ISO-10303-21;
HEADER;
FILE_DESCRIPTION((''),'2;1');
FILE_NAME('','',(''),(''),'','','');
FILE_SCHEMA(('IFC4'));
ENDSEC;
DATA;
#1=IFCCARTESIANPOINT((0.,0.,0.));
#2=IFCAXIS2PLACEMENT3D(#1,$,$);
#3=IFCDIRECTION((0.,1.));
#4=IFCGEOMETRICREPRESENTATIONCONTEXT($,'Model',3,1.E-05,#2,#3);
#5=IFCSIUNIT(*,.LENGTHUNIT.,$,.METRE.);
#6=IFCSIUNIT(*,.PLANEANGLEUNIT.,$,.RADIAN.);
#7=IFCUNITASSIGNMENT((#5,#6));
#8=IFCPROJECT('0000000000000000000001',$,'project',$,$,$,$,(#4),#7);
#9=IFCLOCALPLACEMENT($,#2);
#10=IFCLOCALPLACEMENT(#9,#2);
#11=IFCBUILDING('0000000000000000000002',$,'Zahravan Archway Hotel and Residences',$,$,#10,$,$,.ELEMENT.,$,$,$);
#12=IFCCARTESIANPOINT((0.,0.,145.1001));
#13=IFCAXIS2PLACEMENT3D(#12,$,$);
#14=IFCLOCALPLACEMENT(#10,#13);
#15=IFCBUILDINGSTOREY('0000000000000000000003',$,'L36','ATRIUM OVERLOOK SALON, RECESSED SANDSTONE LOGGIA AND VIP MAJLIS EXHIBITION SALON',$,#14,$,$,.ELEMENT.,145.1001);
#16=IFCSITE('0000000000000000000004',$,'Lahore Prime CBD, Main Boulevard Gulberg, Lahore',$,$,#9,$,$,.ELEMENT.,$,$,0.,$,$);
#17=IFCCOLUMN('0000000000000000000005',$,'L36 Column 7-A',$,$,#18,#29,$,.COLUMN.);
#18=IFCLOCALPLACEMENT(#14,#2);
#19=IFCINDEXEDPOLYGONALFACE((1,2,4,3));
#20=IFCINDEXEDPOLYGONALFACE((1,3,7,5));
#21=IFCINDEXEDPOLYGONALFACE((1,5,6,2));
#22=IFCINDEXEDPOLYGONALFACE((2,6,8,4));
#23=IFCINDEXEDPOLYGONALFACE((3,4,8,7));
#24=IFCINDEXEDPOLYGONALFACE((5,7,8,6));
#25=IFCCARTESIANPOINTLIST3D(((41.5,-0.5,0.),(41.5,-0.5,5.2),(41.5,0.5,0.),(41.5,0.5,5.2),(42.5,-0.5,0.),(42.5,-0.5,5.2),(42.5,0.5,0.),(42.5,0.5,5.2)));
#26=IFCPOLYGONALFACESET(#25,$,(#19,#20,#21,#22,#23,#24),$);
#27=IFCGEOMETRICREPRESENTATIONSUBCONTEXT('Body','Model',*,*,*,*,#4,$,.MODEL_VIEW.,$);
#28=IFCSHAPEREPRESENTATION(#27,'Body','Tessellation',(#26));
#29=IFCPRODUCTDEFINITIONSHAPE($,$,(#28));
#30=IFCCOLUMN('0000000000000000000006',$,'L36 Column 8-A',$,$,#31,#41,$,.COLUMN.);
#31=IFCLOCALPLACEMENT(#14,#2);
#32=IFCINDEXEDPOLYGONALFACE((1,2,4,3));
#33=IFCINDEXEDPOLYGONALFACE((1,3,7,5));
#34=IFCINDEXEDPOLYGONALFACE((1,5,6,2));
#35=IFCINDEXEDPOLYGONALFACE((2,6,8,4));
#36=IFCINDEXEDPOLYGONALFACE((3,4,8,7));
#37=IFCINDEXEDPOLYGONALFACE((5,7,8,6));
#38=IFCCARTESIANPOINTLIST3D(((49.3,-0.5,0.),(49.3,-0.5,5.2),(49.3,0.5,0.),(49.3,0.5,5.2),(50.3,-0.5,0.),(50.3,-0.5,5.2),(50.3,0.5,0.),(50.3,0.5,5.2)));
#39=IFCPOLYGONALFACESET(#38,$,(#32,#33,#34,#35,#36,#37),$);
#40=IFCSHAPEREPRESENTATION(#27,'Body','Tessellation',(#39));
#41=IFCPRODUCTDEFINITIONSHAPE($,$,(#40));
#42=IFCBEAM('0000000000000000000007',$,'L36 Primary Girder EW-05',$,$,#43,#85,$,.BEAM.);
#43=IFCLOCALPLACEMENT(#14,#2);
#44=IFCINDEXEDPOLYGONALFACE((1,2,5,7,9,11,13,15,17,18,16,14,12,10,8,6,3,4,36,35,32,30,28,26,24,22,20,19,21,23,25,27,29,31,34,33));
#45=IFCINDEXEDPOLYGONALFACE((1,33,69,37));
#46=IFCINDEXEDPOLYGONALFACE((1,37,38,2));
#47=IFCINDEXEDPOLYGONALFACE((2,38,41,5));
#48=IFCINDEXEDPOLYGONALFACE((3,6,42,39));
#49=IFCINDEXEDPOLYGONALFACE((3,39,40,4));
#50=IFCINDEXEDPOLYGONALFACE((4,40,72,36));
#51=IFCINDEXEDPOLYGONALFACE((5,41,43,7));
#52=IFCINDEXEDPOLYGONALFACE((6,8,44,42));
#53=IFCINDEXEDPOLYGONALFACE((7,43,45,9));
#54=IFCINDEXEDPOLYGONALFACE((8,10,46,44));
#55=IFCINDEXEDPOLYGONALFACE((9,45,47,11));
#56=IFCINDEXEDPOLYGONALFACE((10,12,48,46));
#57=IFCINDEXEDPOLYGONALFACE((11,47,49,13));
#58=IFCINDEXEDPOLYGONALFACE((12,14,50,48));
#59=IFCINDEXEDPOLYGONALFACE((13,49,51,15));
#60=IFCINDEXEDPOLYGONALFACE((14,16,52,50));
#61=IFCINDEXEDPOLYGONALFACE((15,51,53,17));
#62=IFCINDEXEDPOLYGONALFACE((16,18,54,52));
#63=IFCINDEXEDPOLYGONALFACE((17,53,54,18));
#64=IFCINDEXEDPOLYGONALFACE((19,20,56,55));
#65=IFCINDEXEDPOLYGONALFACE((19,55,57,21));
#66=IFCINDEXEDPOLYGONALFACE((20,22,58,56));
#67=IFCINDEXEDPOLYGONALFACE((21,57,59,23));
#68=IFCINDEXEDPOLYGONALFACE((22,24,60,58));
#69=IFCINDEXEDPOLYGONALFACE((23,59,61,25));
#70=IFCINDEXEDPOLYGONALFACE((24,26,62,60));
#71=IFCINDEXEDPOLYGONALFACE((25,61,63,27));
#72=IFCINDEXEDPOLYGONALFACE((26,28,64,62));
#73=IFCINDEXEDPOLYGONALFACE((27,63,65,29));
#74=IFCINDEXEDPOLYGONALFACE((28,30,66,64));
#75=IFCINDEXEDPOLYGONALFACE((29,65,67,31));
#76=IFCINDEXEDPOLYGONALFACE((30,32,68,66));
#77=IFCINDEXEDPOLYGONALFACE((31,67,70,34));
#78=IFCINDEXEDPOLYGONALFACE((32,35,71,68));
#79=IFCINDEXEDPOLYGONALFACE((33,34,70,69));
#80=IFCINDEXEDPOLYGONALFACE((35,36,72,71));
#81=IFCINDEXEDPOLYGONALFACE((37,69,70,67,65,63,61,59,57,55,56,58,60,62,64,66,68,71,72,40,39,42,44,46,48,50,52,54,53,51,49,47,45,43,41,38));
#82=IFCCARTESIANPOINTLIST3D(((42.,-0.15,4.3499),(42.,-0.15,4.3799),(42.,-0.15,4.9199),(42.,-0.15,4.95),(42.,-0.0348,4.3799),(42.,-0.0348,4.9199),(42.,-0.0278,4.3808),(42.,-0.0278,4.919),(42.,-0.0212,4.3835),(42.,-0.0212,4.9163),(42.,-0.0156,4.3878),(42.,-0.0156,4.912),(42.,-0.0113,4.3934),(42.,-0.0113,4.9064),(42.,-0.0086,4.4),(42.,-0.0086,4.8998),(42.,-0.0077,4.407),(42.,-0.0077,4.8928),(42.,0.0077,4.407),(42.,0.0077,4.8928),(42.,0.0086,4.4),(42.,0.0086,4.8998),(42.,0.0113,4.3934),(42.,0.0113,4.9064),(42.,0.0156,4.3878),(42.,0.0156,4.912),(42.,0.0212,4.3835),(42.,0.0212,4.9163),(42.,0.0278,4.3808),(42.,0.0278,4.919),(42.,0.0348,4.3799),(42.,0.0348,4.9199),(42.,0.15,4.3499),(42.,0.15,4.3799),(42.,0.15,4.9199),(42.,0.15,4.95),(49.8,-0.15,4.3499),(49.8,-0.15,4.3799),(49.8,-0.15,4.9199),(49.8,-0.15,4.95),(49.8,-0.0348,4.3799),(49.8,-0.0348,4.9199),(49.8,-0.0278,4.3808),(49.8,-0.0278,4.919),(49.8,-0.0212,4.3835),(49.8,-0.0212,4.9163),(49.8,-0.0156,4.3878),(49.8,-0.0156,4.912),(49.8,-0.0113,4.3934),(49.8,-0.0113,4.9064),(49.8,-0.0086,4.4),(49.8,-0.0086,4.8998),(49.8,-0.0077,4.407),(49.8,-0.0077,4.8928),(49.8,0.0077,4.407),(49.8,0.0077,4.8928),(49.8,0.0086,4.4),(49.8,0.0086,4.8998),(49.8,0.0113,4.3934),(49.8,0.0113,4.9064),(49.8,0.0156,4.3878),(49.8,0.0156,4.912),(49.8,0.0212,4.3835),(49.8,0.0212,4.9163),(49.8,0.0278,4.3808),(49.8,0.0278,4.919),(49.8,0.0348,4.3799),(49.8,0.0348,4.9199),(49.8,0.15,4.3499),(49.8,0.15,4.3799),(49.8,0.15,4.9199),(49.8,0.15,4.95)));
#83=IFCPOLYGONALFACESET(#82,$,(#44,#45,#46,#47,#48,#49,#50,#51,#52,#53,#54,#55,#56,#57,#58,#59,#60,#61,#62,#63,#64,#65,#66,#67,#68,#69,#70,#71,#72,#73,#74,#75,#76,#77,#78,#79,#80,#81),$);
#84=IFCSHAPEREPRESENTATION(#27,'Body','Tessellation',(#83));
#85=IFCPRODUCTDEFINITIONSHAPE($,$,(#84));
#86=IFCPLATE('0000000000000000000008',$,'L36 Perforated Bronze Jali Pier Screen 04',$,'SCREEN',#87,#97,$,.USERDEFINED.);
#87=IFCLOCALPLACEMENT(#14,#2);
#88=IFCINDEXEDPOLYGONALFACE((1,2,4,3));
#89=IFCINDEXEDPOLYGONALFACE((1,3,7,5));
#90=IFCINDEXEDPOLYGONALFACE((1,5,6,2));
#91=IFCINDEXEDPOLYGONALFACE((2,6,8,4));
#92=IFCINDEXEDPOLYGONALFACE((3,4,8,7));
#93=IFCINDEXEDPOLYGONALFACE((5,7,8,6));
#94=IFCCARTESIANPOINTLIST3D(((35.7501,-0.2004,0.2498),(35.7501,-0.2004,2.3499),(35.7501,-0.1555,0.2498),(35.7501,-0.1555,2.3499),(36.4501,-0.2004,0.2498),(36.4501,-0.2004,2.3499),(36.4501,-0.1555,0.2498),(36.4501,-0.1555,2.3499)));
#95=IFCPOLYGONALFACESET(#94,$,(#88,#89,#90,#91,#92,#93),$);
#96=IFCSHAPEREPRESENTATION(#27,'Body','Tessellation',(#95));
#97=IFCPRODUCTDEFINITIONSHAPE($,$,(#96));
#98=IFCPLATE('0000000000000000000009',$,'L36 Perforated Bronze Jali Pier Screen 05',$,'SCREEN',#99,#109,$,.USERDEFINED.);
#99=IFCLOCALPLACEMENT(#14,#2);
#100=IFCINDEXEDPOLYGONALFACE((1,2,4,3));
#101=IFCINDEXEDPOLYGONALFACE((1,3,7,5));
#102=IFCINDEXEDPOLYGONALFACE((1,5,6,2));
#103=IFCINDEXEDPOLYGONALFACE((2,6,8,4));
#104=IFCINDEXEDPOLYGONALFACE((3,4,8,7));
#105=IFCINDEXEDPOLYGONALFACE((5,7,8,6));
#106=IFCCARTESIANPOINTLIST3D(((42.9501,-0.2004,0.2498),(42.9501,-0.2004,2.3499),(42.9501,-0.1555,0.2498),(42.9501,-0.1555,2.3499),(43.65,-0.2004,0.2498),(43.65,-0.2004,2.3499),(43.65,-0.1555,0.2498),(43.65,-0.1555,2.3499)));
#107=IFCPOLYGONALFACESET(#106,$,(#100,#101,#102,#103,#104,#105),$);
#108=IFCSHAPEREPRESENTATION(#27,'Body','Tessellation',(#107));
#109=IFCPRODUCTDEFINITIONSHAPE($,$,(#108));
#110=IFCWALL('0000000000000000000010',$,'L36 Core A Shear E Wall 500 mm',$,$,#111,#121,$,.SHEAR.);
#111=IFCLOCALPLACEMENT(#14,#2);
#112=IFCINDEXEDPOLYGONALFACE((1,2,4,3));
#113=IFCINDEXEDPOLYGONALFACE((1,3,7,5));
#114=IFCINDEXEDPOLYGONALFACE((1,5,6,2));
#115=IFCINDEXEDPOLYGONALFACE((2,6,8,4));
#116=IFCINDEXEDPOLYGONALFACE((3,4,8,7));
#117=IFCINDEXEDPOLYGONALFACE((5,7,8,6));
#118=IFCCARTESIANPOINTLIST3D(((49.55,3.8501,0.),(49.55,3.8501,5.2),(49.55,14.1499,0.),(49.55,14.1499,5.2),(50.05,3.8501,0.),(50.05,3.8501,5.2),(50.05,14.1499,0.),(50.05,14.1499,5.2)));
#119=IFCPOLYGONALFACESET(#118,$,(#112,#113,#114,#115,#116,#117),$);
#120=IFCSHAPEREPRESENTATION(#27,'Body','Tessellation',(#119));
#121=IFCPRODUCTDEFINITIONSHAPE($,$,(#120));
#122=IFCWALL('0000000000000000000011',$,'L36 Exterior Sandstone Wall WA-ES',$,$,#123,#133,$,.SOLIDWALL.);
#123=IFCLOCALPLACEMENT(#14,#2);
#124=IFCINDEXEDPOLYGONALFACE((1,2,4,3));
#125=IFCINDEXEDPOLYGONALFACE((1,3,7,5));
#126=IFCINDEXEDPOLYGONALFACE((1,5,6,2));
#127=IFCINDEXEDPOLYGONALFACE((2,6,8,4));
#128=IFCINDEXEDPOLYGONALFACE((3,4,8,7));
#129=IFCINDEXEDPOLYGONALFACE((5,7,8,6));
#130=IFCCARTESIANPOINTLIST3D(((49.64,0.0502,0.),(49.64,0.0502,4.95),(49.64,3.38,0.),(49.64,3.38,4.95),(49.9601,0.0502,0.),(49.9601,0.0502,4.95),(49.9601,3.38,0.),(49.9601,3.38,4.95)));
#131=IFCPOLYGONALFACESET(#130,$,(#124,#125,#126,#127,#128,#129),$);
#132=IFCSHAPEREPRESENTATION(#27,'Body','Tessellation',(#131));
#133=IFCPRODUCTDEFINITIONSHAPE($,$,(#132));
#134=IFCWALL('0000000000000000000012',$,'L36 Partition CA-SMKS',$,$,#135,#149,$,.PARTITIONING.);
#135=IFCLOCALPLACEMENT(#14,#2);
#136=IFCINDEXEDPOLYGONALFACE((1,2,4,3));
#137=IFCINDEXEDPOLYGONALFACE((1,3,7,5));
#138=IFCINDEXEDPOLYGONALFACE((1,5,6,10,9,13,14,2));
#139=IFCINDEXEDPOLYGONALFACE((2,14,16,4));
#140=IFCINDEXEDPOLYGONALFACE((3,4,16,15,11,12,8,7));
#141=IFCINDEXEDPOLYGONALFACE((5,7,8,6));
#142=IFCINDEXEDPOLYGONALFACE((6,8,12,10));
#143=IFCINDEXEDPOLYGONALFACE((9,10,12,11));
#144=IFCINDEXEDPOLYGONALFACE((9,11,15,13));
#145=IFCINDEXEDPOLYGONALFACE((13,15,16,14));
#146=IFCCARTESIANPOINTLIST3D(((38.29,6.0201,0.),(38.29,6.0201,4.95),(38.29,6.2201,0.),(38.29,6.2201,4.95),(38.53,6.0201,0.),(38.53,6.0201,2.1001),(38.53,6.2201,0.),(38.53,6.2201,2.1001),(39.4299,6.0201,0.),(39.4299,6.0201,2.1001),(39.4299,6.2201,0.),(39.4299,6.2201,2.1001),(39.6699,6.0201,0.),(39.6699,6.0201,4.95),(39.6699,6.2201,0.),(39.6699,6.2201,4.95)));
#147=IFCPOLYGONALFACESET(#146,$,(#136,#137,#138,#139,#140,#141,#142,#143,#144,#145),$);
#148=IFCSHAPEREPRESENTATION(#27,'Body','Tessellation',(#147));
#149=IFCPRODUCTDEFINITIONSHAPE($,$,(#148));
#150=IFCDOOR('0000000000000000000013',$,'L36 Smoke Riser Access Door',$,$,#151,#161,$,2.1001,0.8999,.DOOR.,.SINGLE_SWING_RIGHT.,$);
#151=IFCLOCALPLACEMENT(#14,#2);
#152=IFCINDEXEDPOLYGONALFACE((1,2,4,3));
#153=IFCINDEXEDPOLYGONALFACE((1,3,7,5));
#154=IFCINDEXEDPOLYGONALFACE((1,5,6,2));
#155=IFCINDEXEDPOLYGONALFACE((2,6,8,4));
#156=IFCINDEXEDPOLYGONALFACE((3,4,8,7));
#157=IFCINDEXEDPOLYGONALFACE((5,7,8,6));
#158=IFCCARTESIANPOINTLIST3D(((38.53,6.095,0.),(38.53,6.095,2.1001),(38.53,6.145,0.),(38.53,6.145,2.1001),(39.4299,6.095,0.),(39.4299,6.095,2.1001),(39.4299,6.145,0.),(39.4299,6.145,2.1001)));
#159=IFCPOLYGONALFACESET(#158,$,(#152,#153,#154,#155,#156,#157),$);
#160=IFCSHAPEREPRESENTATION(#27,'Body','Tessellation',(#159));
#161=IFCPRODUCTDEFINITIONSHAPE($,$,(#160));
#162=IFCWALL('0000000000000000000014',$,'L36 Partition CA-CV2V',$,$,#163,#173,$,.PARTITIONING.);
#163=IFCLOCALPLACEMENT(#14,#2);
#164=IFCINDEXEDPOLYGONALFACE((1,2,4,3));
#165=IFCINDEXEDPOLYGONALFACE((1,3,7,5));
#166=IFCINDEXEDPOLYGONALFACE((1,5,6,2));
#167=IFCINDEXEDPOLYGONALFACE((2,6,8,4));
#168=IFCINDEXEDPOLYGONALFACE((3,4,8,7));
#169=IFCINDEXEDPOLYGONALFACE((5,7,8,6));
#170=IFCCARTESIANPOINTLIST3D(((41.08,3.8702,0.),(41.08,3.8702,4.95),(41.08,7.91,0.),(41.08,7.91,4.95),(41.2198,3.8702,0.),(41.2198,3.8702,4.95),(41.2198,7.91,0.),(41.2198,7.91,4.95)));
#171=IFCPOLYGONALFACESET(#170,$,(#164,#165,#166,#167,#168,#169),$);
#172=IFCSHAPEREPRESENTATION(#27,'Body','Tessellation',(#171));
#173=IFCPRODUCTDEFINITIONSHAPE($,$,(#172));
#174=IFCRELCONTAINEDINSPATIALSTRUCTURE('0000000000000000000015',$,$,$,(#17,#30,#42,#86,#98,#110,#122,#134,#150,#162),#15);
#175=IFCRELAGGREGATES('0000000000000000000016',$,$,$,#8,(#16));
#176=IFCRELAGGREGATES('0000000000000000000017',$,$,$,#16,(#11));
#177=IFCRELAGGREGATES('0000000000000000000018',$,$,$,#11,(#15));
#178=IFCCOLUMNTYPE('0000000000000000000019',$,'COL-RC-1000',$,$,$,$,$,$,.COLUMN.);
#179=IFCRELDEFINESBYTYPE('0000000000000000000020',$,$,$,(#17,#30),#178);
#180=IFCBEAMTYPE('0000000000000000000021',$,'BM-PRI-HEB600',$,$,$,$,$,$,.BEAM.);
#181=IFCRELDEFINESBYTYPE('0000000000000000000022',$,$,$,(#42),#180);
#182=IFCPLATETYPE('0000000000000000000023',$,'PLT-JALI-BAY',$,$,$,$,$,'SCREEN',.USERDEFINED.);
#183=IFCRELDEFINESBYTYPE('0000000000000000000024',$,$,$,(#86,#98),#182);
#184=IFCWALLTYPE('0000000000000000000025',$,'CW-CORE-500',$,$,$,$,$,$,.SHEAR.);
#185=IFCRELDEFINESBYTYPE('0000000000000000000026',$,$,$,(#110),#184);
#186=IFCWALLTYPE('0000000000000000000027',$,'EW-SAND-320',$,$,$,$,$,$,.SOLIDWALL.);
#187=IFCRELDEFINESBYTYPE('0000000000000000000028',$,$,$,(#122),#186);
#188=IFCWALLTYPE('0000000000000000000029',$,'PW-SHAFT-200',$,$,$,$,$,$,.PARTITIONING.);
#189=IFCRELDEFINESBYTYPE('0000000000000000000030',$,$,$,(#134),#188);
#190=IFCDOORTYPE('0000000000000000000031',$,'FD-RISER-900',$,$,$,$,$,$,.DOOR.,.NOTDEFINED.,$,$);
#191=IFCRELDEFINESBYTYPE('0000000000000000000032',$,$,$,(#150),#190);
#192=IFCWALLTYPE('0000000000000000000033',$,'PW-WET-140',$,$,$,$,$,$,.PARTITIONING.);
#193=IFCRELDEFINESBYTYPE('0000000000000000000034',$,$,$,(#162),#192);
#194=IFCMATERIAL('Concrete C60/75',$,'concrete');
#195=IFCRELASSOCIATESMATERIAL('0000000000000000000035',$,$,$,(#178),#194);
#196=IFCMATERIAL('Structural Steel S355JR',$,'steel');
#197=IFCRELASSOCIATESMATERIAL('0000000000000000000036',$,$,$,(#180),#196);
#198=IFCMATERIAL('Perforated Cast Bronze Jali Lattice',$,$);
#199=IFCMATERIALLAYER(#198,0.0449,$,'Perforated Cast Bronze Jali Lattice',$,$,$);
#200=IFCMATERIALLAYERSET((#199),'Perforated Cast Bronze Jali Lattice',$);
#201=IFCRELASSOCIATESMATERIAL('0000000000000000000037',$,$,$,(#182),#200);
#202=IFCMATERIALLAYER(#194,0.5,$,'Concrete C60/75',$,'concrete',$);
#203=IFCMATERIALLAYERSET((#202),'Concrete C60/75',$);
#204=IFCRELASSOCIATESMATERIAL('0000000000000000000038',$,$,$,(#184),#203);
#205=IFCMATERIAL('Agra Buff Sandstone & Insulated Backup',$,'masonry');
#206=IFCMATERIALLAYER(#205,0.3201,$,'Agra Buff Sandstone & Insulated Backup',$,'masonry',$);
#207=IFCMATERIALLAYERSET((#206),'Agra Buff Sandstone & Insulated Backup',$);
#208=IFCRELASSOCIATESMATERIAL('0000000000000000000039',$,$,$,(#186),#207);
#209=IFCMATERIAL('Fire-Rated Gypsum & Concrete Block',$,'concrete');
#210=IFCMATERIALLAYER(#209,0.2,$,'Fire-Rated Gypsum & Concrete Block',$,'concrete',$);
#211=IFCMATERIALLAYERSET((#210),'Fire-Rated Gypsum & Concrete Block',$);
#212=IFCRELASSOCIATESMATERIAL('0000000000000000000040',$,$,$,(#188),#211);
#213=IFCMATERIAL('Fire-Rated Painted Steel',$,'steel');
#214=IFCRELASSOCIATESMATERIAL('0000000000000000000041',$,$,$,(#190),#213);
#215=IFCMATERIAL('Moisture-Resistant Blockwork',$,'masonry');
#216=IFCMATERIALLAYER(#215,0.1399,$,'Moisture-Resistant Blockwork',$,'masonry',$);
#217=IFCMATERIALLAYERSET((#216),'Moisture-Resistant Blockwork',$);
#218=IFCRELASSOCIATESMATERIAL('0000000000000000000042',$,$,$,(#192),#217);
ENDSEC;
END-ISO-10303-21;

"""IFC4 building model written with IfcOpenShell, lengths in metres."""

from ifc_helpers import new_model, si_unit, direction, frame, frame_2d, origin, origin_2d, place, context, subcontext, project, spatial, rectangle, i_section, extrude, source, transform, mapped, material, layer, layer_set, material_profile, profile_set, type_object, type_shapes, element, fill, save


model = new_model("IFC4")

# Units and contexts
model_context = context("Model", 3, precision=1e-05, world=origin(), true_north=direction((0.0, 1.0)))
body_context = subcontext(model_context, "Body", "Model", "MODEL_VIEW")
ifc_project = project(units=[si_unit("LENGTHUNIT", "METRE"), si_unit("PLANEANGLEUNIT", "RADIAN")], contexts=[model_context])

# Site, building, storey
site_placement = place(None, origin())
site = spatial("IfcSite", under=ifc_project, at=site_placement, Name="Lahore Prime CBD, Main Boulevard Gulberg, Lahore", CompositionType="ELEMENT", RefElevation=0.0)
building_placement = place(site_placement, origin())
building = spatial("IfcBuilding", under=site, at=building_placement, Name="Zahravan Archway Hotel and Residences", CompositionType="ELEMENT")
storey_placement = place(building_placement, frame((0.0, 0.0, 145.1001)))
storey = spatial("IfcBuildingStorey", under=building, at=storey_placement, Name="L36", Description="ATRIUM OVERLOOK SALON, RECESSED SANDSTONE LOGGIA AND VIP MAJLIS EXHIBITION SALON", CompositionType="ELEMENT", Elevation=145.1001)

# Columns
ifc_material_1 = material(Name="Concrete C60/75", Category="concrete")
ifc_material_profile_1 = material_profile(ifc_material_1, rectangle(XDim=1.0, YDim=1.0, at=origin_2d()), Name="RC-COL-1000x1000", Category="concrete")
ifc_profile_set_1 = profile_set([ifc_material_profile_1], Name="Concrete C60/75")
column_type = type_object("IfcColumnType", Name="COL-RC-1000", PredefinedType="COLUMN", material=ifc_profile_set_1)
shared_shape_1 = source(origin(), body_context, "Body", "SweptSolid", [
    extrude(rectangle(XDim=1.0, YDim=1.0, at=origin_2d()), origin(), (0.0, 0.0, 1.0), 5.2),
])
for number, where, z_axis, x_axis, name in (
    (1, (42.0, 0.0, 0.0), (0.0, 0.0, 1.0), (1.0, 0.0, 0.0), "L36 Column 7-A"),
    (2, (49.8, 0.0, 0.0), (0.0, 0.0, 1.0), (1.0, 0.0, 0.0), "L36 Column 8-A"),
):
    element("IfcColumn", number, at=place(storey_placement, frame(where, z_axis=z_axis, x_axis=x_axis)), inside=storey, type_object=column_type, Name=name, PredefinedType="COLUMN", context=body_context, shape_type="MappedRepresentation", body=[
        mapped(shared_shape_1, transform((0.0, 0.0, 0.0), scale=1.0)),
    ])

# Beam
ifc_material_2 = material(Name="Structural Steel S355JR", Category="steel")
ifc_material_profile_2 = material_profile(ifc_material_2, i_section(OverallWidth=0.3, OverallDepth=0.6001, WebThickness=0.0154, FlangeThickness=0.03, FilletRadius=0.0271, at=origin_2d()), Name="HEB 600", Category="steel")
ifc_profile_set_2 = profile_set([ifc_material_profile_2], Name="Structural Steel S355JR")
beam_type = type_object("IfcBeamType", Name="BM-PRI-HEB600", PredefinedType="BEAM", material=ifc_profile_set_2)
shared_shape_2 = source(origin(), body_context, "Body", "SweptSolid", [
    extrude(i_section(OverallWidth=0.3, OverallDepth=0.6001, WebThickness=0.0154, FlangeThickness=0.03, FilletRadius=0.0271, at=origin_2d()), origin(), (0.0, 0.0, 1.0), 7.8),
])
beam_placement = place(storey_placement, frame((42.0, 0.0, 4.6499), z_axis=(1.0, 0.0, 0.0), x_axis=(0.0, 1.0, 0.0)))
element("IfcBeam", 3, at=beam_placement, inside=storey, type_object=beam_type, Name="L36 Primary Girder EW-05", PredefinedType="BEAM", context=body_context, shape_type="MappedRepresentation", body=[
    mapped(shared_shape_2, transform((0.0, 0.0, 0.0), scale=1.0)),
])

# Plates
ifc_material_3 = material(Name="Perforated Cast Bronze Jali Lattice")
ifc_layer_1 = layer(ifc_material_3, 0.0449, Name="Perforated Cast Bronze Jali Lattice")
ifc_layer_set_1 = layer_set([ifc_layer_1], Name="Perforated Cast Bronze Jali Lattice")
plate_type = type_object("IfcPlateType", Name="PLT-JALI-BAY", ElementType="SCREEN", PredefinedType="USERDEFINED", material=ifc_layer_set_1)
shared_shape_3 = source(origin(), body_context, "Body", "SweptSolid", [
    extrude(rectangle(XDim=0.7, YDim=0.0449, at=origin_2d()), origin(), (0.0, 0.0, 1.0), 2.1001),
])
type_shapes(plate_type, [shared_shape_3])
for number, where, z_axis, x_axis, name in (
    (4, (36.1001, -0.178, 0.2498), (0.0, 0.0, 1.0), (1.0, 0.0, 0.0), "L36 Perforated Bronze Jali Pier Screen 04"),
    (5, (43.3, -0.178, 0.2498), (0.0, 0.0, 1.0), (1.0, 0.0, 0.0), "L36 Perforated Bronze Jali Pier Screen 05"),
):
    element("IfcPlate", number, at=place(storey_placement, frame(where, z_axis=z_axis, x_axis=x_axis)), inside=storey, type_object=plate_type, Name=name, ObjectType="SCREEN", PredefinedType="USERDEFINED", context=body_context, shape_type="MappedRepresentation", body=[
        mapped(shared_shape_3, transform((0.0, 0.0, 0.0), scale=1.0)),
    ])

# Walls
ifc_layer_2 = layer(ifc_material_1, 0.5, Name="Concrete C60/75", Category="concrete")
ifc_layer_set_2 = layer_set([ifc_layer_2], Name="Concrete C60/75")
wall_type_1 = type_object("IfcWallType", Name="CW-CORE-500", PredefinedType="SHEAR", material=ifc_layer_set_2)
wall_1_placement = place(storey_placement, frame((49.8, 3.8501, 0.0), z_axis=(0.0, 0.0, 1.0), x_axis=(0.0, 1.0, 0.0)))
element("IfcWall", 6, at=wall_1_placement, inside=storey, type_object=wall_type_1, Name="L36 Core A Shear E Wall 500 mm", PredefinedType="SHEAR", context=body_context, shape_type="SweptSolid", body=[
    extrude(rectangle(XDim=10.2998, YDim=0.5, at=frame_2d((5.1499, 0.0))), origin(), (0.0, 0.0, 1.0), 5.2),
])
ifc_material_4 = material(Name="Agra Buff Sandstone & Insulated Backup", Category="masonry")
ifc_layer_3 = layer(ifc_material_4, 0.3201, Name="Agra Buff Sandstone & Insulated Backup", Category="masonry")
ifc_layer_set_3 = layer_set([ifc_layer_3], Name="Agra Buff Sandstone & Insulated Backup")
wall_type_2 = type_object("IfcWallType", Name="EW-SAND-320", PredefinedType="SOLIDWALL", material=ifc_layer_set_3)
wall_2_placement = place(storey_placement, frame((49.8, 0.05, 0.0), z_axis=(0.0, 0.0, 1.0), x_axis=(0.0, 1.0, 0.0)))
element("IfcWall", 7, at=wall_2_placement, inside=storey, type_object=wall_type_2, Name="L36 Exterior Sandstone Wall WA-ES", PredefinedType="SOLIDWALL", context=body_context, shape_type="SweptSolid", body=[
    extrude(rectangle(XDim=3.3298, YDim=0.3201, at=frame_2d((1.665, 0.0))), origin(), (0.0, 0.0, 1.0), 4.95),
])

# Wall, opening, door
ifc_material_5 = material(Name="Fire-Rated Gypsum & Concrete Block", Category="concrete")
ifc_layer_4 = layer(ifc_material_5, 0.2, Name="Fire-Rated Gypsum & Concrete Block", Category="concrete")
ifc_layer_set_4 = layer_set([ifc_layer_4], Name="Fire-Rated Gypsum & Concrete Block")
wall_type_3 = type_object("IfcWallType", Name="PW-SHAFT-200", PredefinedType="PARTITIONING", material=ifc_layer_set_4)
wall_3_placement = place(storey_placement, frame((38.29, 6.1201, 0.0), z_axis=(0.0, 0.0, 1.0), x_axis=(1.0, 0.0, 0.0)))
wall_3 = element("IfcWall", 8, at=wall_3_placement, inside=storey, type_object=wall_type_3, Name="L36 Partition CA-SMKS", PredefinedType="PARTITIONING", context=body_context, shape_type="SweptSolid", body=[
    extrude(rectangle(XDim=1.3799, YDim=0.2, at=frame_2d((0.6899, 0.0))), origin(), (0.0, 0.0, 1.0), 4.95),
])
opening_placement = place(wall_3_placement, frame((0.24, 0.0, 0.0)))
opening = element("IfcOpeningElement", 9, at=opening_placement, cuts=wall_3, PredefinedType="OPENING", context=body_context, shape_type="SweptSolid", body=[
    extrude(rectangle(XDim=0.8999, YDim=2.1001, at=frame_2d((0.45, 1.05))), frame((0.0, 0.1099, 0.0), z_axis=(0.0, -1.0, 0.0), x_axis=(1.0, 0.0, 0.0)), (0.0, 0.0, 1.0), 0.22),
])
ifc_material_6 = material(Name="Fire-Rated Painted Steel", Category="steel")
door_type = type_object("IfcDoorType", Name="FD-RISER-900", OperationType="NOTDEFINED", PredefinedType="DOOR", material=ifc_material_6)
shared_shape_4 = source(origin(), body_context, "Body", "SweptSolid", [
    extrude(rectangle(XDim=0.8999, YDim=2.1001, at=frame_2d((0.45, 1.05))), frame((0.0, 0.0249, 0.0), z_axis=(0.0, -1.0, 0.0), x_axis=(1.0, 0.0, 0.0)), (0.0, 0.0, 1.0), 0.05),
])
type_shapes(door_type, [shared_shape_4])
door_placement = place(opening_placement, origin())
door = element("IfcDoor", 10, at=door_placement, inside=storey, type_object=door_type, Name="L36 Smoke Riser Access Door", OperationType="SINGLE_SWING_RIGHT", OverallHeight=2.1001, OverallWidth=0.8999, PredefinedType="DOOR", context=body_context, shape_type="MappedRepresentation", body=[
    mapped(shared_shape_4, transform((0.0, 0.0, 0.0), scale=1.0)),
])
fill(opening, door)

# Wall
ifc_material_7 = material(Name="Moisture-Resistant Blockwork", Category="masonry")
ifc_layer_5 = layer(ifc_material_7, 0.1399, Name="Moisture-Resistant Blockwork", Category="masonry")
ifc_layer_set_5 = layer_set([ifc_layer_5], Name="Moisture-Resistant Blockwork")
wall_type_4 = type_object("IfcWallType", Name="PW-WET-140", PredefinedType="PARTITIONING", material=ifc_layer_set_5)
wall_4_placement = place(storey_placement, frame((41.1499, 3.8701, 0.0), z_axis=(0.0, 0.0, 1.0), x_axis=(0.0, 1.0, 0.0)))
element("IfcWall", 11, at=wall_4_placement, inside=storey, type_object=wall_type_4, Name="L36 Partition CA-CV2V", PredefinedType="PARTITIONING", context=body_context, shape_type="SweptSolid", body=[
    extrude(rectangle(XDim=4.0398, YDim=0.1399, at=frame_2d((2.02, 0.0))), origin(), (0.0, 0.0, 1.0), 4.95),
])

save(model, "model.ifc")
